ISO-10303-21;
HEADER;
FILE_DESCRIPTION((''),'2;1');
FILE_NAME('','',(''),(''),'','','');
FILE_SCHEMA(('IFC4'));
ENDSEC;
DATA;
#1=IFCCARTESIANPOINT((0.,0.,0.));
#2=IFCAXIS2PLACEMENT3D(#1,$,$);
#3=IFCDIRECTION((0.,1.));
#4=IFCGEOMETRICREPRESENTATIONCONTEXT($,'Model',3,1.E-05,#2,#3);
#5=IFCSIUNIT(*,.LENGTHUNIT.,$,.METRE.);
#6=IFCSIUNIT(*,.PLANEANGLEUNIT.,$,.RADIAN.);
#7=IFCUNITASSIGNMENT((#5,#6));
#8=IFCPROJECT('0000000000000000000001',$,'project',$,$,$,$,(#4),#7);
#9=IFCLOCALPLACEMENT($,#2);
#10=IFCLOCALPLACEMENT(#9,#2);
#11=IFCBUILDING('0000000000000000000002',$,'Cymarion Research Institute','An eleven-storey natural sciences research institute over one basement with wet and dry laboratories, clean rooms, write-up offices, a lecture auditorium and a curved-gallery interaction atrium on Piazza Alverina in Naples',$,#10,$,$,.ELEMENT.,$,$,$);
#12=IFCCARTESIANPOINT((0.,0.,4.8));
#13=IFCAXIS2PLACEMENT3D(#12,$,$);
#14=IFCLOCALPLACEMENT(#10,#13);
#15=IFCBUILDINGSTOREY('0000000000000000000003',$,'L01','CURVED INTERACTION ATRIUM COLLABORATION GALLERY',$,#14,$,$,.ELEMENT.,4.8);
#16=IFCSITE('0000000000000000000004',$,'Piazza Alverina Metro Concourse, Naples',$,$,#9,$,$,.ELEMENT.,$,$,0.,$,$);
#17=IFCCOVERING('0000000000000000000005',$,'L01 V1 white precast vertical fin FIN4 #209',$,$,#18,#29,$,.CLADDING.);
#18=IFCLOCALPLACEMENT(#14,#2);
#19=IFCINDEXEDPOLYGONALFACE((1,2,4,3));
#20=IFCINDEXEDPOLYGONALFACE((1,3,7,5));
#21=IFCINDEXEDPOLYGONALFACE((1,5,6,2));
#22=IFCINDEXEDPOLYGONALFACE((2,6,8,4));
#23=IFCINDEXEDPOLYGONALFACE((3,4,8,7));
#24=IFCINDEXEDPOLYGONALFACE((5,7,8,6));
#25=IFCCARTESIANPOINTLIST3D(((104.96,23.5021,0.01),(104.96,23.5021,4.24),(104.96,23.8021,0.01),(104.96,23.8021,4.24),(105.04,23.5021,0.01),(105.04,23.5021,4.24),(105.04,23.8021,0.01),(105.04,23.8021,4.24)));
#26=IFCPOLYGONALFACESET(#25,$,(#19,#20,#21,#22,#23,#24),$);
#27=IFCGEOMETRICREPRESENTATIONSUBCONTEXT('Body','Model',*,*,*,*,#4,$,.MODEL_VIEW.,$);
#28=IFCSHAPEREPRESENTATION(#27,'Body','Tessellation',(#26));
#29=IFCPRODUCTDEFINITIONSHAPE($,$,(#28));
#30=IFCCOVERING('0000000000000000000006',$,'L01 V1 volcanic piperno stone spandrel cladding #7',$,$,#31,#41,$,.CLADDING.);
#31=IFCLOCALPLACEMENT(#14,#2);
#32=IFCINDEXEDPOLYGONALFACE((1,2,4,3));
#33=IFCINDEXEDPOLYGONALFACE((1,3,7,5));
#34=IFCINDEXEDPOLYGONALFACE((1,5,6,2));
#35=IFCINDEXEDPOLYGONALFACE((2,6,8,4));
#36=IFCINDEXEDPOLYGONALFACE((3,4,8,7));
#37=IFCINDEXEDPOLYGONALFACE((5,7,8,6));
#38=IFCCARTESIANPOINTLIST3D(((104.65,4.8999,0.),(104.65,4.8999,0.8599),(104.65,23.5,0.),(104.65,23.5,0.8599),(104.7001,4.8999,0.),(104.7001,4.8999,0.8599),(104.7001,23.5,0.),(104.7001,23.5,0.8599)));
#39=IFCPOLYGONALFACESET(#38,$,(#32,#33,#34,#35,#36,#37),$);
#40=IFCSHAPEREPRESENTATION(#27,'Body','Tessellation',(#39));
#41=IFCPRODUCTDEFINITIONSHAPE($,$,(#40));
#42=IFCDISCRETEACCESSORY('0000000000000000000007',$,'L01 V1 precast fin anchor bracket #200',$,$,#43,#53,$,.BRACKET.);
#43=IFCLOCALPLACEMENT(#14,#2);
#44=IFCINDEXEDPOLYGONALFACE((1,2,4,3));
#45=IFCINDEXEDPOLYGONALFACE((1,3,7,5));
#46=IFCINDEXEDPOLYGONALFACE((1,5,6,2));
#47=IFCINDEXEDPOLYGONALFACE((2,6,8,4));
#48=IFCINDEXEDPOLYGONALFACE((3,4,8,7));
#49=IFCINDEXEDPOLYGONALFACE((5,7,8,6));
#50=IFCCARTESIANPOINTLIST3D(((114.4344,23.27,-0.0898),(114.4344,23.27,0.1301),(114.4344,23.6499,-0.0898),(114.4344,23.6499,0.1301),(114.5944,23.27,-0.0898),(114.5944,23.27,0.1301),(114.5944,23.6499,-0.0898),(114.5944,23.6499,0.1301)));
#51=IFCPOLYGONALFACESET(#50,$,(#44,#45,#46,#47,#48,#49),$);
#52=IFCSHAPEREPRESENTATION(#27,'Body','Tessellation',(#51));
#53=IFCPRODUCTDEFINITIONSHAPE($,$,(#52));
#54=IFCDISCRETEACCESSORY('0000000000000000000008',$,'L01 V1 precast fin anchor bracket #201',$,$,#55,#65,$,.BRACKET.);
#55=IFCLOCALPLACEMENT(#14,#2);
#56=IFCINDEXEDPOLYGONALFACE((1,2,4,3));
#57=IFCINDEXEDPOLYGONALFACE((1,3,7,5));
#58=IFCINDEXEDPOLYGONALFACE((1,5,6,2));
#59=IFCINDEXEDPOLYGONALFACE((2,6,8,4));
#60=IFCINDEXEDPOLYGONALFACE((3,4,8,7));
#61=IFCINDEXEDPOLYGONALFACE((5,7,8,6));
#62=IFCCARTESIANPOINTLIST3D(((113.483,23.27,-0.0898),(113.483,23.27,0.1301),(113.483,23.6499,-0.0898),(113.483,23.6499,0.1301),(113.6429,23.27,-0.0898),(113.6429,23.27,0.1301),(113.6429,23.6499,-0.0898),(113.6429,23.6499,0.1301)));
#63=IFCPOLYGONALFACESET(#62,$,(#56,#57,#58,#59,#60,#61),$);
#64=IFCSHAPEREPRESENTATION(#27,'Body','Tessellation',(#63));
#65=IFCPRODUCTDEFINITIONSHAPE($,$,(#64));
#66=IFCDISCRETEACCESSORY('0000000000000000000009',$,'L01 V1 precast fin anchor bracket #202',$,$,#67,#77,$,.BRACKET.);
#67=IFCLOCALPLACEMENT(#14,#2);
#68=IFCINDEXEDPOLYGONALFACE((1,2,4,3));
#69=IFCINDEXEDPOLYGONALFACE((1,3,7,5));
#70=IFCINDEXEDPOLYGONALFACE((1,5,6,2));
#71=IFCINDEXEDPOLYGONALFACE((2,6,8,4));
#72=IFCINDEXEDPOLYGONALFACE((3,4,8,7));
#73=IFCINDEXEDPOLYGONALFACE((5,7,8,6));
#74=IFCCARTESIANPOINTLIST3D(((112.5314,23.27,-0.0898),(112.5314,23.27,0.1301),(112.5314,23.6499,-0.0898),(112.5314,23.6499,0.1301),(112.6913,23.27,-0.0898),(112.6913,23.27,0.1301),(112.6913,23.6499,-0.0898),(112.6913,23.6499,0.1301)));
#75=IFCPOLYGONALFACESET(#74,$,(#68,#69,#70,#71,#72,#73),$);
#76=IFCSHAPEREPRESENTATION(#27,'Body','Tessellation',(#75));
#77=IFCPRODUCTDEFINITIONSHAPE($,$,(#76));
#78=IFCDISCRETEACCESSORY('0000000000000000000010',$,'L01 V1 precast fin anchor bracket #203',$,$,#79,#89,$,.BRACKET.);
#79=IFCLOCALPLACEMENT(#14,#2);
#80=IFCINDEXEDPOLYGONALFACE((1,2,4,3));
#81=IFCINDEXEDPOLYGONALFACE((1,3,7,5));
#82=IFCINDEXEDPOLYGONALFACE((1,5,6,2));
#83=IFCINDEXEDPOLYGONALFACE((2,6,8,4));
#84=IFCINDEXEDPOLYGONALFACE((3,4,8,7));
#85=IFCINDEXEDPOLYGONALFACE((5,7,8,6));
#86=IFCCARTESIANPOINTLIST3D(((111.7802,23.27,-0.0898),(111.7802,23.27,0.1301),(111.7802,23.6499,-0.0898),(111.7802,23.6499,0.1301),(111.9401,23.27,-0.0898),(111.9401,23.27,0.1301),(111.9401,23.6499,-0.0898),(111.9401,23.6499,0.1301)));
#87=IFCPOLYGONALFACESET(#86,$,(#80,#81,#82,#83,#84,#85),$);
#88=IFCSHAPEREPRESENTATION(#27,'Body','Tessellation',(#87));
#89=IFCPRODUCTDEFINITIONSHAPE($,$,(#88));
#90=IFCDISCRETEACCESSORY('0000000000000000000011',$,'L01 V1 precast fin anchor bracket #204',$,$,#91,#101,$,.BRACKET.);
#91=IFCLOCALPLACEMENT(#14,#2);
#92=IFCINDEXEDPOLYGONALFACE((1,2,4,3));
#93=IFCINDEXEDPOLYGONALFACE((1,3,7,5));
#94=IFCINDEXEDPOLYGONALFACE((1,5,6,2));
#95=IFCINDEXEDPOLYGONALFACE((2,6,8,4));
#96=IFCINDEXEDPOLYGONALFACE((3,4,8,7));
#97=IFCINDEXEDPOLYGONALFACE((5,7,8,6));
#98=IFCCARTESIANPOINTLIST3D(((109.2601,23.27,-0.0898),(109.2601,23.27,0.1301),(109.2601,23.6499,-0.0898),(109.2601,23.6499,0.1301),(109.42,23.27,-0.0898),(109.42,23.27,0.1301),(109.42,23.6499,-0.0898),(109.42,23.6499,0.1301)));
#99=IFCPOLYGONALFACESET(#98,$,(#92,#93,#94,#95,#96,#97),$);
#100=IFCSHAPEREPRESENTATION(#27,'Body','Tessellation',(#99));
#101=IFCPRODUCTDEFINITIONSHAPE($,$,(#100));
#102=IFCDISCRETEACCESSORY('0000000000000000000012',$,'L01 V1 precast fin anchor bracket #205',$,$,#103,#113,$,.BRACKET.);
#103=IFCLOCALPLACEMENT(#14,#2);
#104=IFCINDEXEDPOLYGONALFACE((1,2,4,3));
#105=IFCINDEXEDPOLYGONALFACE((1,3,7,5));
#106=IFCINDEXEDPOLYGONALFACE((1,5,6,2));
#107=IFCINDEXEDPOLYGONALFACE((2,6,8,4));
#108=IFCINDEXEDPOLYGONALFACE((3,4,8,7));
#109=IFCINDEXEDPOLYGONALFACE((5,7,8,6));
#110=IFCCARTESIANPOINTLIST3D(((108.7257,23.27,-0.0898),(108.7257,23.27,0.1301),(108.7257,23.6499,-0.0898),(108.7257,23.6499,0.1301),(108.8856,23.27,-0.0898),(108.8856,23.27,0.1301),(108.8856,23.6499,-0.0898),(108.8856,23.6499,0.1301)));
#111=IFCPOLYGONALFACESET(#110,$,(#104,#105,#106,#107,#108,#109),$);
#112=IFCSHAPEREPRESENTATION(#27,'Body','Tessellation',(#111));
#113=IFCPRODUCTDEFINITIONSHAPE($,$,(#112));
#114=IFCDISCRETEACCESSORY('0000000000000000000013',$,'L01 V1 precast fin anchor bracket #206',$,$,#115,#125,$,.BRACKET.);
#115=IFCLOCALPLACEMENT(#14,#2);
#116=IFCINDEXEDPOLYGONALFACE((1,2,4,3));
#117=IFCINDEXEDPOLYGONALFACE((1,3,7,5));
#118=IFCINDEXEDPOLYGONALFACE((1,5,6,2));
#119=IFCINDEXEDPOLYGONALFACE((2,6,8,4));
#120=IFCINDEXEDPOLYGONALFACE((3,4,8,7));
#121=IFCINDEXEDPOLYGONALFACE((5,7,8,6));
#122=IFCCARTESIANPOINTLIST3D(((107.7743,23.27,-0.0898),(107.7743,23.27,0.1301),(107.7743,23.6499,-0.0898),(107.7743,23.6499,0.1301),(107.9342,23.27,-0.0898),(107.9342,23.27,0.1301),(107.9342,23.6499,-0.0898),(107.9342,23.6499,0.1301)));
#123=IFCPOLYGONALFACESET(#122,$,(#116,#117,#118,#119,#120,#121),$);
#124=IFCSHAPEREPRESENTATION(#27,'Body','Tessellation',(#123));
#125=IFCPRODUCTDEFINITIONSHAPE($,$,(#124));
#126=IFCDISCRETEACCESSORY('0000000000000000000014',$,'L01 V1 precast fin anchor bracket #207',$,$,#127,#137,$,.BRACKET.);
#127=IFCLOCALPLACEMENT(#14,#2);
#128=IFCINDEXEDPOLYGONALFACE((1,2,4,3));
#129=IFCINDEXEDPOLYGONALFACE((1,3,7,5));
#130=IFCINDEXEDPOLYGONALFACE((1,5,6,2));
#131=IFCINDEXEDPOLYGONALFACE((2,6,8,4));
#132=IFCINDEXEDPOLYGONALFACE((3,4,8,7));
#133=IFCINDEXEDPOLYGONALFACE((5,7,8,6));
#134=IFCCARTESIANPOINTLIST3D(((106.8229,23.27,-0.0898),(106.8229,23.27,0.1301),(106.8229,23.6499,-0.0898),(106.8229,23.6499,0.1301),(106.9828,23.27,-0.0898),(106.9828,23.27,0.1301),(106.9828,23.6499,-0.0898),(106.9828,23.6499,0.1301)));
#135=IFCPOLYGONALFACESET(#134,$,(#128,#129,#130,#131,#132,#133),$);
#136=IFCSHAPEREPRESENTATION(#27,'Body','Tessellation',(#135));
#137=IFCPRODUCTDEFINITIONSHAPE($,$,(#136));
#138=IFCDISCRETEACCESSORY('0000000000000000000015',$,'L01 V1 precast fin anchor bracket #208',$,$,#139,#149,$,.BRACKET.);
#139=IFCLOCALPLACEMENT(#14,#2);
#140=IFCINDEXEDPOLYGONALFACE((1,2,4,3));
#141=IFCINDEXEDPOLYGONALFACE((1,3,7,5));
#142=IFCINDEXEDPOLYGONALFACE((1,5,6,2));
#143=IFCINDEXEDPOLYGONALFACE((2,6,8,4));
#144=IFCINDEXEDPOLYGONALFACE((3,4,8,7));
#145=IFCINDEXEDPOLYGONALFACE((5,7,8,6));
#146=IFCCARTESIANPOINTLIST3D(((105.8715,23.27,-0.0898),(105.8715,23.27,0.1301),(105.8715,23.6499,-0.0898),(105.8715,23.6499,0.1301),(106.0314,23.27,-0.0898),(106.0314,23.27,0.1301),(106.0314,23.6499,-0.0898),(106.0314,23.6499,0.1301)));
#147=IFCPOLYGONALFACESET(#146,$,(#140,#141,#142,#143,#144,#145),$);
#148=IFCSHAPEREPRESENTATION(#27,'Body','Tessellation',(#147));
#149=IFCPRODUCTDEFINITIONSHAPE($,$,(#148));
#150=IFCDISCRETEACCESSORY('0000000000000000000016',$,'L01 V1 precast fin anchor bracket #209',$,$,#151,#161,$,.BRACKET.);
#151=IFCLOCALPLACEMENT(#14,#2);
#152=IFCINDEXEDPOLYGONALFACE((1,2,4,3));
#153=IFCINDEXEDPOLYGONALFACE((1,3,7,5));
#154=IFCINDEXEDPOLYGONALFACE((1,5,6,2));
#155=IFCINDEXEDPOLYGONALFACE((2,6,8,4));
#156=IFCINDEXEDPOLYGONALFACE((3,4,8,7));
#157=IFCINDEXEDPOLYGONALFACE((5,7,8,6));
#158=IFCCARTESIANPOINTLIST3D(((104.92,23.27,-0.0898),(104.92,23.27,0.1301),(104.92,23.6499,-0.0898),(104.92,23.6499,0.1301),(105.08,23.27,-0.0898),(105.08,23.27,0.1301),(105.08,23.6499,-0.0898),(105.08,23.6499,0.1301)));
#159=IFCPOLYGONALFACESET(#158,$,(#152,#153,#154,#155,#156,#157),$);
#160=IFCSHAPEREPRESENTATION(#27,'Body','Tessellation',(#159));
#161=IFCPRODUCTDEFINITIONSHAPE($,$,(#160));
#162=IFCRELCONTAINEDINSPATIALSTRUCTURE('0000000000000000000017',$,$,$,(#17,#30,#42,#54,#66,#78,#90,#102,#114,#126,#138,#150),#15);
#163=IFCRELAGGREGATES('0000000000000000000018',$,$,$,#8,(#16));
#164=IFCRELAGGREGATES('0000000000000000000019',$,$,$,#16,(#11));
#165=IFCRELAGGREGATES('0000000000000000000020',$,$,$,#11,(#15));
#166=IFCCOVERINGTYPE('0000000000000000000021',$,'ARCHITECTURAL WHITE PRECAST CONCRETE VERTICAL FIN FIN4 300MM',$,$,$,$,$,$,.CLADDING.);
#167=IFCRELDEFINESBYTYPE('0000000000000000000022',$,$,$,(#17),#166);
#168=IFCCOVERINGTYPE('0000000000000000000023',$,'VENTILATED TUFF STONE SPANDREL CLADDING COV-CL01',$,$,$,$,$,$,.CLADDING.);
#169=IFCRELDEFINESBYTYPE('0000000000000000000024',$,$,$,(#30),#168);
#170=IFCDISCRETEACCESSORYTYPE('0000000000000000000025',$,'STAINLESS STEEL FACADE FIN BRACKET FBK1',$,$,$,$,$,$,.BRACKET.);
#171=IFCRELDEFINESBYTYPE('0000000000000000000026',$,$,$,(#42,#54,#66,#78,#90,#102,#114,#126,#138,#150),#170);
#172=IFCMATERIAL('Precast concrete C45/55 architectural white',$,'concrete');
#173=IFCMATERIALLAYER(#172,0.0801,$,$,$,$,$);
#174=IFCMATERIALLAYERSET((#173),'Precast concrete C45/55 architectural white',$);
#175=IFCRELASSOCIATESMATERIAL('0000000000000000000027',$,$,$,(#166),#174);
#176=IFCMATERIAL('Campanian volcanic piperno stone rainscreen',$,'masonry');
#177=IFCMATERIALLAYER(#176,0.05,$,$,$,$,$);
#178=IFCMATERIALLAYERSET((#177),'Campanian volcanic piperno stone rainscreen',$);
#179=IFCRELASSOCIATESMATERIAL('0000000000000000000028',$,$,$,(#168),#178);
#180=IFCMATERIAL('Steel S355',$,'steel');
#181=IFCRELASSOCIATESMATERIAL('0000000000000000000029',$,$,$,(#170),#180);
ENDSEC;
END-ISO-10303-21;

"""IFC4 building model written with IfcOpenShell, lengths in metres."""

from ifc_helpers import new_model, si_unit, direction, frame, frame_2d, origin, origin_2d, place, context, subcontext, project, spatial, rectangle, extrude, material, layer, layer_set, type_object, element, save


model = new_model("IFC4")

# Units and contexts
model_context = context("Model", 3, precision=1e-05, world=origin(), true_north=direction((0.0, 1.0)))
body_context = subcontext(model_context, "Body", "Model", "MODEL_VIEW")
ifc_project = project(units=[si_unit("LENGTHUNIT", "METRE"), si_unit("PLANEANGLEUNIT", "RADIAN")], contexts=[model_context])

# Site, building, storey
site_placement = place(None, origin())
site = spatial("IfcSite", under=ifc_project, at=site_placement, Name="Piazza Alverina Metro Concourse, Naples", CompositionType="ELEMENT", RefElevation=0.0)
building_placement = place(site_placement, origin())
building = spatial("IfcBuilding", under=site, at=building_placement, Name="Cymarion Research Institute", Description="An eleven-storey natural sciences research institute over one basement with wet and dry laboratories, clean rooms, write-up offices, a lecture auditorium and a curved-gallery interaction atrium on Piazza Alverina in Naples", CompositionType="ELEMENT")
storey_placement = place(building_placement, frame((0.0, 0.0, 4.8)))
storey = spatial("IfcBuildingStorey", under=building, at=storey_placement, Name="L01", Description="CURVED INTERACTION ATRIUM COLLABORATION GALLERY", CompositionType="ELEMENT", Elevation=4.8)

# Shared definitions
ifc_material_1 = material(Name="Steel S355", Category="steel")

# Coverings
ifc_material_2 = material(Name="Precast concrete C45/55 architectural white", Category="concrete")
ifc_layer_1 = layer(ifc_material_2, 0.0801)
ifc_layer_set_1 = layer_set([ifc_layer_1], Name="Precast concrete C45/55 architectural white")
covering_type_1 = type_object("IfcCoveringType", Name="ARCHITECTURAL WHITE PRECAST CONCRETE VERTICAL FIN FIN4 300MM", PredefinedType="CLADDING", material=ifc_layer_set_1)
for number, where, z_axis, x_axis, name in (
    (1, (105.0, 23.6521, 0.01), (0.0, 0.0, 1.0), (0.0, 1.0, 0.0), "L01 V1 white precast vertical fin FIN4 #209"),
):
    element("IfcCovering", number, at=place(storey_placement, frame(where, z_axis=z_axis, x_axis=x_axis)), inside=storey, type_object=covering_type_1, Name=name, PredefinedType="CLADDING", context=body_context, shape_type="SweptSolid", body=[
        extrude(rectangle(XDim=0.3, YDim=0.0801, at=origin_2d()), origin(), (0.0, 0.0, 1.0), 4.23),
    ])
ifc_material_3 = material(Name="Campanian volcanic piperno stone rainscreen", Category="masonry")
ifc_layer_2 = layer(ifc_material_3, 0.05)
ifc_layer_set_2 = layer_set([ifc_layer_2], Name="Campanian volcanic piperno stone rainscreen")
covering_type_2 = type_object("IfcCoveringType", Name="VENTILATED TUFF STONE SPANDREL CLADDING COV-CL01", PredefinedType="CLADDING", material=ifc_layer_set_2)
covering_placement = place(storey_placement, frame((104.675, 23.5, 0.0), z_axis=(0.0, 0.0, 1.0), x_axis=(0.0, -1.0, 0.0)))
element("IfcCovering", 2, at=covering_placement, inside=storey, type_object=covering_type_2, Name="L01 V1 volcanic piperno stone spandrel cladding #7", PredefinedType="CLADDING", context=body_context, shape_type="SweptSolid", body=[
    extrude(rectangle(XDim=18.6001, YDim=0.05, at=frame_2d((9.3, 0.0))), origin(), (0.0, 0.0, 1.0), 0.8599),
])

# Discrete accessories
discrete_accessory_type = type_object("IfcDiscreteAccessoryType", Name="STAINLESS STEEL FACADE FIN BRACKET FBK1", PredefinedType="BRACKET", material=ifc_material_1)
for number, where, z_axis, x_axis, name in (
    (3, (114.5144, 23.46, -0.0898), (0.0, 0.0, 1.0), (0.0, 1.0, 0.0), "L01 V1 precast fin anchor bracket #200"),
    (4, (113.563, 23.46, -0.0898), (0.0, 0.0, 1.0), (0.0, 1.0, 0.0), "L01 V1 precast fin anchor bracket #201"),
    (5, (112.6113, 23.46, -0.0898), (0.0, 0.0, 1.0), (0.0, 1.0, 0.0), "L01 V1 precast fin anchor bracket #202"),
    (6, (111.8601, 23.46, -0.0898), (0.0, 0.0, 1.0), (0.0, 1.0, 0.0), "L01 V1 precast fin anchor bracket #203"),
    (7, (109.3401, 23.46, -0.0898), (0.0, 0.0, 1.0), (0.0, 1.0, 0.0), "L01 V1 precast fin anchor bracket #204"),
    (8, (108.8057, 23.46, -0.0898), (0.0, 0.0, 1.0), (0.0, 1.0, 0.0), "L01 V1 precast fin anchor bracket #205"),
    (9, (107.8542, 23.46, -0.0898), (0.0, 0.0, 1.0), (0.0, 1.0, 0.0), "L01 V1 precast fin anchor bracket #206"),
    (10, (106.9028, 23.46, -0.0898), (0.0, 0.0, 1.0), (0.0, 1.0, 0.0), "L01 V1 precast fin anchor bracket #207"),
    (11, (105.9514, 23.46, -0.0898), (0.0, 0.0, 1.0), (0.0, 1.0, 0.0), "L01 V1 precast fin anchor bracket #208"),
    (12, (105.0, 23.46, -0.0898), (0.0, 0.0, 1.0), (0.0, 1.0, 0.0), "L01 V1 precast fin anchor bracket #209"),
):
    element("IfcDiscreteAccessory", number, at=place(storey_placement, frame(where, z_axis=z_axis, x_axis=x_axis)), inside=storey, type_object=discrete_accessory_type, Name=name, PredefinedType="BRACKET", context=body_context, shape_type="SweptSolid", body=[
        extrude(rectangle(XDim=0.3799, YDim=0.1599, at=origin_2d()), origin(), (0.0, 0.0, 1.0), 0.22),
    ])

save(model, "model.ifc")
